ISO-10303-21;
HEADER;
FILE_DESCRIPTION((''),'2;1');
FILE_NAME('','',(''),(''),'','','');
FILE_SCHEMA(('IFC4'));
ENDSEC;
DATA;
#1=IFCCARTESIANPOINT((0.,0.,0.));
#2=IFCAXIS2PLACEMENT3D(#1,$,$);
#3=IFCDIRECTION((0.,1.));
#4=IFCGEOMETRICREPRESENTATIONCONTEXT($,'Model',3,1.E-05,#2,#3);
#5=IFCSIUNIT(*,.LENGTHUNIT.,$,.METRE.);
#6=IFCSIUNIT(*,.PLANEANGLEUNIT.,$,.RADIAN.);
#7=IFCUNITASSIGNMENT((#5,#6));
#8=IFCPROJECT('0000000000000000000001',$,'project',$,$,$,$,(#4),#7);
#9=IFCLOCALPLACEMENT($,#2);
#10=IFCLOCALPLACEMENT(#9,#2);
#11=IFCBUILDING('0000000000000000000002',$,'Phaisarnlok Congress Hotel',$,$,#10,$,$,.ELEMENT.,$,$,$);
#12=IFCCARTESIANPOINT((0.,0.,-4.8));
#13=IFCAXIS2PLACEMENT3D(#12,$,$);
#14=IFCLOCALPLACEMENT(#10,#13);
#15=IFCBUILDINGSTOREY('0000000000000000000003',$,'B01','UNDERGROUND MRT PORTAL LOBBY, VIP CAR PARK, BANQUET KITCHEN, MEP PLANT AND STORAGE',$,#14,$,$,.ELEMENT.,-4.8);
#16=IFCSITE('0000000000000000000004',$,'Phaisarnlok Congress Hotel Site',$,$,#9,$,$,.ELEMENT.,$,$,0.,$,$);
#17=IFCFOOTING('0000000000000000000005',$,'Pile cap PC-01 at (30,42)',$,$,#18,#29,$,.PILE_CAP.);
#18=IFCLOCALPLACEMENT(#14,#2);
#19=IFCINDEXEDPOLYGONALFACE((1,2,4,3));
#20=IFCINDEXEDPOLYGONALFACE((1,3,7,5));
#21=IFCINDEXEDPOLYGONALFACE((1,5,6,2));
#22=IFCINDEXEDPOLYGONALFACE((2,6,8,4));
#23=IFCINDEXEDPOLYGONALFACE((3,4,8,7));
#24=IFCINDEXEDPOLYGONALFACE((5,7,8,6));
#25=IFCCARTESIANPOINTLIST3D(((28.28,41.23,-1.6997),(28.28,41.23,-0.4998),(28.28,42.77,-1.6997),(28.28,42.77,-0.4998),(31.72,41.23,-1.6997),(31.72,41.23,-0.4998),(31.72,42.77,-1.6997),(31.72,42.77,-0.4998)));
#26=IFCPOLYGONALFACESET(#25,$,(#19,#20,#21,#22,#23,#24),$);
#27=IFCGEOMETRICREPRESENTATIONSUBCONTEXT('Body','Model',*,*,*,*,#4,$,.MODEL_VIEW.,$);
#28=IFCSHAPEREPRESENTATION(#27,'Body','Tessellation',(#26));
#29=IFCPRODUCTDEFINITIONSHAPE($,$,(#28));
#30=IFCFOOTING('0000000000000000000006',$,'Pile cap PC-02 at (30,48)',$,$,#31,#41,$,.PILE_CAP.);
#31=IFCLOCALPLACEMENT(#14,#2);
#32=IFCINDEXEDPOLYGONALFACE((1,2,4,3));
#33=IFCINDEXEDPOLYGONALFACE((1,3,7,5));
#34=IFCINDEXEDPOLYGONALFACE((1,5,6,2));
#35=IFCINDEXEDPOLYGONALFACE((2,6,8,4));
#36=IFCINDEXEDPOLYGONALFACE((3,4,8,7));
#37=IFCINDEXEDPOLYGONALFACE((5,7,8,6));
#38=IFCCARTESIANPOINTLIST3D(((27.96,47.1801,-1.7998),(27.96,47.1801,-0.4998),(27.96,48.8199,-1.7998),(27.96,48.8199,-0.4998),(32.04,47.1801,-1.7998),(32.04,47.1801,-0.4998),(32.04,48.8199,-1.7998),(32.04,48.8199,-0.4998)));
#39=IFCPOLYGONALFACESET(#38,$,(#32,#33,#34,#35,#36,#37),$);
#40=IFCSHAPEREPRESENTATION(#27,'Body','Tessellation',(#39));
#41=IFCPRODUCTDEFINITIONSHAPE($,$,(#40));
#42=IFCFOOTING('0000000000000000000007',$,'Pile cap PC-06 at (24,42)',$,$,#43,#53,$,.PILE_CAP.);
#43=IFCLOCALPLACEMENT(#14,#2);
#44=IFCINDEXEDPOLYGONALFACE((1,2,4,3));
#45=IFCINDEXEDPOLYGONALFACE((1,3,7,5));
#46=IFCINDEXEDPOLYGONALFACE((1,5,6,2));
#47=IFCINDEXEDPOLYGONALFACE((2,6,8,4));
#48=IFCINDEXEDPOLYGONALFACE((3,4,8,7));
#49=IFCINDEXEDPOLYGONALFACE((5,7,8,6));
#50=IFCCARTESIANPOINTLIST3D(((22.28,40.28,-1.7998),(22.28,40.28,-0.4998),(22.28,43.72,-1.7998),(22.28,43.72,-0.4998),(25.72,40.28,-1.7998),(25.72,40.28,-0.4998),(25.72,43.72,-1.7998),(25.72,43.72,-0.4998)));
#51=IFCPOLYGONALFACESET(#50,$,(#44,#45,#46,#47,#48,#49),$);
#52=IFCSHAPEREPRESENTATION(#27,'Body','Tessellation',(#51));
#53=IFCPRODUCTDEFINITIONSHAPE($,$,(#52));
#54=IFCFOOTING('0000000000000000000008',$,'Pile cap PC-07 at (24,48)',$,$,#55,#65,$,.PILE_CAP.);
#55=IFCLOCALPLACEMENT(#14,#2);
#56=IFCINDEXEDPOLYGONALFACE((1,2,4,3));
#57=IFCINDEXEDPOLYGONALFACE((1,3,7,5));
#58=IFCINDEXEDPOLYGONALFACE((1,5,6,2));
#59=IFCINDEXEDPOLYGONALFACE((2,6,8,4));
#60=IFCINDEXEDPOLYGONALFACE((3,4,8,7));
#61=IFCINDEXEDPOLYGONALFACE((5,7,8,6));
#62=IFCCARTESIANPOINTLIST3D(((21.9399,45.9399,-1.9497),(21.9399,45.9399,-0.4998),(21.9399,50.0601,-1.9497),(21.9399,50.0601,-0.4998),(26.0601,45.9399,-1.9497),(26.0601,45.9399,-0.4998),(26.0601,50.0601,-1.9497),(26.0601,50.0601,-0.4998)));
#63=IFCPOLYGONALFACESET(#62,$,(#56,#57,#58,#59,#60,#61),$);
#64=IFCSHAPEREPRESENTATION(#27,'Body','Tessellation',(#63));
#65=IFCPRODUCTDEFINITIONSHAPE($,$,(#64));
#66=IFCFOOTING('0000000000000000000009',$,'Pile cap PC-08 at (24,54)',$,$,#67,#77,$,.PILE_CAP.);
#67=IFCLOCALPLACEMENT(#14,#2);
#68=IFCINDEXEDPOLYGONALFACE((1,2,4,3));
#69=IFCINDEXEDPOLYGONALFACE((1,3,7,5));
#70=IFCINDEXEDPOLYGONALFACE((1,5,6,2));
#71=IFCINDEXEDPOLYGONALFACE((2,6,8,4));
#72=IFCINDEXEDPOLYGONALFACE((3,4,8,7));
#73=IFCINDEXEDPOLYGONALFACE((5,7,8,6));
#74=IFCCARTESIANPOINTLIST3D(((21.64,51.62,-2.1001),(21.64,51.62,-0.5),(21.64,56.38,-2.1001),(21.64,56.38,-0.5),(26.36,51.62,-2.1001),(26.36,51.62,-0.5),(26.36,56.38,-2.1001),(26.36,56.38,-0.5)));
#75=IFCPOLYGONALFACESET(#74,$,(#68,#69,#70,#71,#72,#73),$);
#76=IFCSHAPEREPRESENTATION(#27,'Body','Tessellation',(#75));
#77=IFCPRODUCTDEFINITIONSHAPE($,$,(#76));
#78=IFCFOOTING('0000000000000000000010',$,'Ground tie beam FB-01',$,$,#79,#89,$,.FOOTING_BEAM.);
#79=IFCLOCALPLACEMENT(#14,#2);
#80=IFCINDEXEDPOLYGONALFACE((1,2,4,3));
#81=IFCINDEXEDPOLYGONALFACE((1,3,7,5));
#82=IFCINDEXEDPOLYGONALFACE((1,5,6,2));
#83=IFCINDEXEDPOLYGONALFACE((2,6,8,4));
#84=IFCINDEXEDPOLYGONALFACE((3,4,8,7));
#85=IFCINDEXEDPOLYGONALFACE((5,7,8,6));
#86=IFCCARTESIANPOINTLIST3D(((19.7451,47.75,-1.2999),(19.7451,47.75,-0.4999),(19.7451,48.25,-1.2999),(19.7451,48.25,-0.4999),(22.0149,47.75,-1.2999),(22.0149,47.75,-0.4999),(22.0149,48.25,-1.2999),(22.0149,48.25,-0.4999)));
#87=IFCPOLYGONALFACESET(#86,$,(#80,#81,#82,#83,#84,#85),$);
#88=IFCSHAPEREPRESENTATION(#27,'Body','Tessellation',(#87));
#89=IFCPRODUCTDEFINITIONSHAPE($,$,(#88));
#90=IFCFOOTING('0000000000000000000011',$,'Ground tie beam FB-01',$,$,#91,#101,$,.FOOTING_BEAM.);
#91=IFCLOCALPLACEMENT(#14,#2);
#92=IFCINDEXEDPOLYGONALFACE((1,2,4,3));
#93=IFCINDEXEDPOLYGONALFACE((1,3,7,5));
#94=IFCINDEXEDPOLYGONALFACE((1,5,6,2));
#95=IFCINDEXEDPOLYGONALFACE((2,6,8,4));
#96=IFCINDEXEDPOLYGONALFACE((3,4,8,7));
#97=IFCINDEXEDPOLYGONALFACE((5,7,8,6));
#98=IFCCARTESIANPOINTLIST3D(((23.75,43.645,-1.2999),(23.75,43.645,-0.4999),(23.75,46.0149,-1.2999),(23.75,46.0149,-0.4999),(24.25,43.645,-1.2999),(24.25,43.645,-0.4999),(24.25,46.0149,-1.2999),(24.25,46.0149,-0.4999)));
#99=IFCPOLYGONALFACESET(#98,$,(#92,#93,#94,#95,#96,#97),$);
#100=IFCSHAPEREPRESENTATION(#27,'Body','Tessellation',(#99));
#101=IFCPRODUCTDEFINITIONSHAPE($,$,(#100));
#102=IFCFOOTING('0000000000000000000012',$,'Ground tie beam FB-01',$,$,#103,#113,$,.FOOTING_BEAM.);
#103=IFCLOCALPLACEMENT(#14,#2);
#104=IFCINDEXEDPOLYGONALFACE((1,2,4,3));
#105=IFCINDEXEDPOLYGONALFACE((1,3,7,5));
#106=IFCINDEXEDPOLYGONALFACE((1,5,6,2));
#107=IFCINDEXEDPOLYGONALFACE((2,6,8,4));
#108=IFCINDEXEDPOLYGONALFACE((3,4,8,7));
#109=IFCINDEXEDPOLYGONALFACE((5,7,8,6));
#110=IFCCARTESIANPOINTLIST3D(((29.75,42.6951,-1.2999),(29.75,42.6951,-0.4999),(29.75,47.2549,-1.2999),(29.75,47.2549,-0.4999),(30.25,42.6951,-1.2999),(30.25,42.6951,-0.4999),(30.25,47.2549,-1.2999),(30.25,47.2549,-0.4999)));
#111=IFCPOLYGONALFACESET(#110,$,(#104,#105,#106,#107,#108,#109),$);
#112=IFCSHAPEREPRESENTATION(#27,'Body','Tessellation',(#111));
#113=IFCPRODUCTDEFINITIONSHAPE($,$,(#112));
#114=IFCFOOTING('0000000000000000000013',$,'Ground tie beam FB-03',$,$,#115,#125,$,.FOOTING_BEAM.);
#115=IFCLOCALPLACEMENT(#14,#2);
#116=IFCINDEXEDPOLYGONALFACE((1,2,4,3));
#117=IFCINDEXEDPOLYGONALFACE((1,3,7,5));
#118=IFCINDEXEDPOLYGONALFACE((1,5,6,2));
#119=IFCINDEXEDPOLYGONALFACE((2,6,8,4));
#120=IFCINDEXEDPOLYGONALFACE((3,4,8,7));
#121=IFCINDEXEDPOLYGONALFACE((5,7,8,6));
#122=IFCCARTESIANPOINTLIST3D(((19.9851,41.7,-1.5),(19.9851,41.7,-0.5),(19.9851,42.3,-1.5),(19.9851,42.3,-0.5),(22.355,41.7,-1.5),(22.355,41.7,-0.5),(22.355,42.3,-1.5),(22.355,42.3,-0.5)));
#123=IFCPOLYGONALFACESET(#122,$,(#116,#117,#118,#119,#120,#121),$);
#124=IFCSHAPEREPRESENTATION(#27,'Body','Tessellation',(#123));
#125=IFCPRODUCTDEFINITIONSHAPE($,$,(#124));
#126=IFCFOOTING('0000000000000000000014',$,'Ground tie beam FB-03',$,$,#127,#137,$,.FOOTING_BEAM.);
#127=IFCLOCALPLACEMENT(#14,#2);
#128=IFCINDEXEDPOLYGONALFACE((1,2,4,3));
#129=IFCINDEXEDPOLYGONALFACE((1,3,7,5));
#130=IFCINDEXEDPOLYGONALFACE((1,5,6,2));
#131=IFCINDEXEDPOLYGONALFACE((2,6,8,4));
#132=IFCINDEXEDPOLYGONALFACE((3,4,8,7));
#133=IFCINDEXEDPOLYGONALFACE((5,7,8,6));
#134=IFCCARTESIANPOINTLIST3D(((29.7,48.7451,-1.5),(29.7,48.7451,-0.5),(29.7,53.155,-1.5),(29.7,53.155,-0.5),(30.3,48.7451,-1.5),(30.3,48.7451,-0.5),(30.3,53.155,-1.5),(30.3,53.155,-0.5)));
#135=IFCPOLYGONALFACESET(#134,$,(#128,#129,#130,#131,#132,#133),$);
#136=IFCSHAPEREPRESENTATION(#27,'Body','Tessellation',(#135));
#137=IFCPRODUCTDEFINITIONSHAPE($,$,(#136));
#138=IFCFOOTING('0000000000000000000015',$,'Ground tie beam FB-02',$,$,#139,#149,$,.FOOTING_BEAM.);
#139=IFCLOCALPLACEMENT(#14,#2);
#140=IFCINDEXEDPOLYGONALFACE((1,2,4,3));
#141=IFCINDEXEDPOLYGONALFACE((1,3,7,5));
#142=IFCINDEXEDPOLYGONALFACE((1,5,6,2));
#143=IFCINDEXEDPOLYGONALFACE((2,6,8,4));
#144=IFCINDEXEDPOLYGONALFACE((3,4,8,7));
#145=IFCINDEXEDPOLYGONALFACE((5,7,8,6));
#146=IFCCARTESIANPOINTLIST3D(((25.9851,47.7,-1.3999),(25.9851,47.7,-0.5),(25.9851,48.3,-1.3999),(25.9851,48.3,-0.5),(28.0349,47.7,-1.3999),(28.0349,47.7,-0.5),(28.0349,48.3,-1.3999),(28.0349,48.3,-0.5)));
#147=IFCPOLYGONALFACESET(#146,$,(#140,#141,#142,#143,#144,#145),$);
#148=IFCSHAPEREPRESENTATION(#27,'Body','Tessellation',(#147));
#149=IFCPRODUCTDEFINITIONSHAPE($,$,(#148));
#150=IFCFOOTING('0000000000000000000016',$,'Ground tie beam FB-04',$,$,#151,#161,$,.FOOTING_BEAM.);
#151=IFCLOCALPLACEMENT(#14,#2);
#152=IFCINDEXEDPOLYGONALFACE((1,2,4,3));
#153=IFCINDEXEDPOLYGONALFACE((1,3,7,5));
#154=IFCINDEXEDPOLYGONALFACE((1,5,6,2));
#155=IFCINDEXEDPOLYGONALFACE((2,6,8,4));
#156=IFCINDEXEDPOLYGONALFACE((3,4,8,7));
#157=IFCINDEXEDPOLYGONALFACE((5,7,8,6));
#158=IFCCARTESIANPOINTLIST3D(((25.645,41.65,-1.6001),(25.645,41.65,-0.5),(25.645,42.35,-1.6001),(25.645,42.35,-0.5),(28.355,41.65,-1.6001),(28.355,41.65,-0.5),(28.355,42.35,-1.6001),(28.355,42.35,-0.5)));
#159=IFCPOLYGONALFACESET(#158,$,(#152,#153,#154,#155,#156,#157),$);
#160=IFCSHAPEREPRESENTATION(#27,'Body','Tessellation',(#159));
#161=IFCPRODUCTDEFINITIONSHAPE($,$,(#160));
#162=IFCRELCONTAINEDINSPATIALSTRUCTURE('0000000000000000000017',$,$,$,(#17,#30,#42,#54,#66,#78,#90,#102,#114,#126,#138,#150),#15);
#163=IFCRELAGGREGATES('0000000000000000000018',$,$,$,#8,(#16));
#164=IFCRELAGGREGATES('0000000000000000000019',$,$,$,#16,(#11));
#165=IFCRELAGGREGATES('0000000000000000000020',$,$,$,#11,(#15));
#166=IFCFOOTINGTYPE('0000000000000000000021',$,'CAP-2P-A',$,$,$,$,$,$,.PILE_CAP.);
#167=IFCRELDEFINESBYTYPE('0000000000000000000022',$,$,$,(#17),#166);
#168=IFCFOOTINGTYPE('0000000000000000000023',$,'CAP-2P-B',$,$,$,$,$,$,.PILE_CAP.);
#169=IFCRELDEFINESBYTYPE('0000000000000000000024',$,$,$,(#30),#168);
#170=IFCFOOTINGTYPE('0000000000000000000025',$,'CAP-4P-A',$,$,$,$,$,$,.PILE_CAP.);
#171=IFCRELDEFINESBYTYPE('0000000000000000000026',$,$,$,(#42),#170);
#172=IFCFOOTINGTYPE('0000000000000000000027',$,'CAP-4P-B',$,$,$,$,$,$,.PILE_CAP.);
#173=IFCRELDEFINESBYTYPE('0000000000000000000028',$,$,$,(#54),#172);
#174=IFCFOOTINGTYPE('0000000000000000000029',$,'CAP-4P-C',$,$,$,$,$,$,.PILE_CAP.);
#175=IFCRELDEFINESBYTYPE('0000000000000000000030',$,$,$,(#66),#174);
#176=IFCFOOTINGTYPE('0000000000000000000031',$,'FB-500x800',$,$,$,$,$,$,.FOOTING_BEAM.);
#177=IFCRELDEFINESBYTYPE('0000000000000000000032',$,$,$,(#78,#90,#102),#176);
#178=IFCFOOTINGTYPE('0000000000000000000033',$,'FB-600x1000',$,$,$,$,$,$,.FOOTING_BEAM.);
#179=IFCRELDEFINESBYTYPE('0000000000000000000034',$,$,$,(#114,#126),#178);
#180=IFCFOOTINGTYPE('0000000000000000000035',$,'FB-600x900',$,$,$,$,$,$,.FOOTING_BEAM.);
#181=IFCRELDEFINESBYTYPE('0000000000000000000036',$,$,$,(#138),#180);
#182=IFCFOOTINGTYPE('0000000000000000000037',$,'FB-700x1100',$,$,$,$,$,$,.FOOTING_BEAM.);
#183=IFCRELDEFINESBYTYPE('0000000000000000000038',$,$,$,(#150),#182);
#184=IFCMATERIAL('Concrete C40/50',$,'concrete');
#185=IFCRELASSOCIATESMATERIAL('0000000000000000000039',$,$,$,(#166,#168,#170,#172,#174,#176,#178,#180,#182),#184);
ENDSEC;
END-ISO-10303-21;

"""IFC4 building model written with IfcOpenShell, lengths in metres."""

from ifc_helpers import new_model, si_unit, direction, frame, origin, origin_2d, place, context, subcontext, project, spatial, rectangle, extrude, material, material_profile, profile_set, type_object, element, save


model = new_model("IFC4")

# Units and contexts
model_context = context("Model", 3, precision=1e-05, world=origin(), true_north=direction((0.0, 1.0)))
body_context = subcontext(model_context, "Body", "Model", "MODEL_VIEW")
ifc_project = project(units=[si_unit("LENGTHUNIT", "METRE"), si_unit("PLANEANGLEUNIT", "RADIAN")], contexts=[model_context])

# Site, building, storey
site_placement = place(None, origin())
site = spatial("IfcSite", under=ifc_project, at=site_placement, Name="Phaisarnlok Congress Hotel Site", CompositionType="ELEMENT", RefElevation=0.0)
building_placement = place(site_placement, origin())
building = spatial("IfcBuilding", under=site, at=building_placement, Name="Phaisarnlok Congress Hotel", CompositionType="ELEMENT")
storey_placement = place(building_placement, frame((0.0, 0.0, -4.8)))
storey = spatial("IfcBuildingStorey", under=building, at=storey_placement, Name="B01", Description="UNDERGROUND MRT PORTAL LOBBY, VIP CAR PARK, BANQUET KITCHEN, MEP PLANT AND STORAGE", CompositionType="ELEMENT", Elevation=-4.8)

# Footings
ifc_material_1 = material(Name="Concrete C40/50", Category="concrete")
footing_type_1 = type_object("IfcFootingType", Name="CAP-2P-A", PredefinedType="PILE_CAP", material=ifc_material_1)
footing_1_placement = place(storey_placement, frame((30.0, 42.0, -1.6997), z_axis=(0.0, 0.0, 1.0), x_axis=(1.0, 0.0, 0.0)))
element("IfcFooting", 1, at=footing_1_placement, inside=storey, type_object=footing_type_1, Name="Pile cap PC-01 at (30,42)", PredefinedType="PILE_CAP", context=body_context, shape_type="SweptSolid", body=[
    extrude(rectangle(XDim=3.4399, YDim=1.54, at=origin_2d()), origin(), (0.0, 0.0, 1.0), 1.2),
])
footing_type_2 = type_object("IfcFootingType", Name="CAP-2P-B", PredefinedType="PILE_CAP", material=ifc_material_1)
footing_2_placement = place(storey_placement, frame((30.0, 48.0, -1.7998), z_axis=(0.0, 0.0, 1.0), x_axis=(1.0, 0.0, 0.0)))
element("IfcFooting", 2, at=footing_2_placement, inside=storey, type_object=footing_type_2, Name="Pile cap PC-02 at (30,48)", PredefinedType="PILE_CAP", context=body_context, shape_type="SweptSolid", body=[
    extrude(rectangle(XDim=4.0801, YDim=1.6399, at=origin_2d()), origin(), (0.0, 0.0, 1.0), 1.3),
])
footing_type_3 = type_object("IfcFootingType", Name="CAP-4P-A", PredefinedType="PILE_CAP", material=ifc_material_1)
footing_3_placement = place(storey_placement, frame((24.0, 42.0, -1.7998), z_axis=(0.0, 0.0, 1.0), x_axis=(1.0, 0.0, 0.0)))
element("IfcFooting", 3, at=footing_3_placement, inside=storey, type_object=footing_type_3, Name="Pile cap PC-06 at (24,42)", PredefinedType="PILE_CAP", context=body_context, shape_type="SweptSolid", body=[
    extrude(rectangle(XDim=3.4399, YDim=3.4399, at=origin_2d()), origin(), (0.0, 0.0, 1.0), 1.3),
])
footing_type_4 = type_object("IfcFootingType", Name="CAP-4P-B", PredefinedType="PILE_CAP", material=ifc_material_1)
footing_4_placement = place(storey_placement, frame((24.0, 48.0, -1.9497), z_axis=(0.0, 0.0, 1.0), x_axis=(1.0, 0.0, 0.0)))
element("IfcFooting", 4, at=footing_4_placement, inside=storey, type_object=footing_type_4, Name="Pile cap PC-07 at (24,48)", PredefinedType="PILE_CAP", context=body_context, shape_type="SweptSolid", body=[
    extrude(rectangle(XDim=4.1201, YDim=4.1201, at=origin_2d()), origin(), (0.0, 0.0, 1.0), 1.45),
])
footing_type_5 = type_object("IfcFootingType", Name="CAP-4P-C", PredefinedType="PILE_CAP", material=ifc_material_1)
footing_5_placement = place(storey_placement, frame((24.0, 54.0, -2.1001), z_axis=(0.0, 0.0, 1.0), x_axis=(1.0, 0.0, 0.0)))
element("IfcFooting", 5, at=footing_5_placement, inside=storey, type_object=footing_type_5, Name="Pile cap PC-08 at (24,54)", PredefinedType="PILE_CAP", context=body_context, shape_type="SweptSolid", body=[
    extrude(rectangle(XDim=4.72, YDim=4.76, at=origin_2d()), origin(), (0.0, 0.0, 1.0), 1.6001),
])
ifc_material_profile_1 = material_profile(ifc_material_1, rectangle(XDim=0.5, YDim=0.8, at=origin_2d()), Name="FB-500x800")
ifc_profile_set_1 = profile_set([ifc_material_profile_1], Name="Concrete C40/50")
footing_type_6 = type_object("IfcFootingType", Name="FB-500x800", PredefinedType="FOOTING_BEAM", material=ifc_profile_set_1)
footing_6_placement = place(storey_placement, frame((19.7451, 48.0, -0.8999), z_axis=(1.0, 0.0, 0.0), x_axis=(0.0, 1.0, 0.0)))
element("IfcFooting", 6, at=footing_6_placement, inside=storey, type_object=footing_type_6, Name="Ground tie beam FB-01", PredefinedType="FOOTING_BEAM", context=body_context, shape_type="SweptSolid", body=[
    extrude(rectangle(XDim=0.5, YDim=0.8, at=origin_2d()), origin(), (0.0, 0.0, 1.0), 2.2698),
])
footing_7_placement = place(storey_placement, frame((24.0, 43.645, -0.8999), z_axis=(0.0, 1.0, 0.0), x_axis=(-1.0, 0.0, 0.0)))
element("IfcFooting", 7, at=footing_7_placement, inside=storey, type_object=footing_type_6, Name="Ground tie beam FB-01", PredefinedType="FOOTING_BEAM", context=body_context, shape_type="SweptSolid", body=[
    extrude(rectangle(XDim=0.5, YDim=0.8, at=origin_2d()), origin(), (0.0, 0.0, 1.0), 2.3699),
])
footing_8_placement = place(storey_placement, frame((30.0, 42.6951, -0.8999), z_axis=(0.0, 1.0, 0.0), x_axis=(-1.0, 0.0, 0.0)))
element("IfcFooting", 8, at=footing_8_placement, inside=storey, type_object=footing_type_6, Name="Ground tie beam FB-01", PredefinedType="FOOTING_BEAM", context=body_context, shape_type="SweptSolid", body=[
    extrude(rectangle(XDim=0.5, YDim=0.8, at=origin_2d()), origin(), (0.0, 0.0, 1.0), 4.5598),
])
ifc_material_profile_2 = material_profile(ifc_material_1, rectangle(XDim=0.6001, YDim=1.0, at=origin_2d()), Name="FB-600x1000")
ifc_profile_set_2 = profile_set([ifc_material_profile_2], Name="Concrete C40/50")
footing_type_7 = type_object("IfcFootingType", Name="FB-600x1000", PredefinedType="FOOTING_BEAM", material=ifc_profile_set_2)
footing_9_placement = place(storey_placement, frame((19.9851, 42.0, -1.0), z_axis=(1.0, 0.0, 0.0), x_axis=(0.0, 1.0, 0.0)))
element("IfcFooting", 9, at=footing_9_placement, inside=storey, type_object=footing_type_7, Name="Ground tie beam FB-03", PredefinedType="FOOTING_BEAM", context=body_context, shape_type="SweptSolid", body=[
    extrude(rectangle(XDim=0.6001, YDim=1.0, at=origin_2d()), origin(), (0.0, 0.0, 1.0), 2.3699),
])
footing_10_placement = place(storey_placement, frame((30.0, 48.7451, -1.0), z_axis=(0.0, 1.0, 0.0), x_axis=(-1.0, 0.0, 0.0)))
element("IfcFooting", 10, at=footing_10_placement, inside=storey, type_object=footing_type_7, Name="Ground tie beam FB-03", PredefinedType="FOOTING_BEAM", context=body_context, shape_type="SweptSolid", body=[
    extrude(rectangle(XDim=0.6001, YDim=1.0, at=origin_2d()), origin(), (0.0, 0.0, 1.0), 4.4099),
])
ifc_material_profile_3 = material_profile(ifc_material_1, rectangle(XDim=0.6001, YDim=0.8999, at=origin_2d()), Name="FB-600x900")
ifc_profile_set_3 = profile_set([ifc_material_profile_3], Name="Concrete C40/50")
footing_type_8 = type_object("IfcFootingType", Name="FB-600x900", PredefinedType="FOOTING_BEAM", material=ifc_profile_set_3)
footing_11_placement = place(storey_placement, frame((25.9851, 48.0, -0.95), z_axis=(1.0, 0.0, 0.0), x_axis=(0.0, 1.0, 0.0)))
element("IfcFooting", 11, at=footing_11_placement, inside=storey, type_object=footing_type_8, Name="Ground tie beam FB-02", PredefinedType="FOOTING_BEAM", context=body_context, shape_type="SweptSolid", body=[
    extrude(rectangle(XDim=0.6001, YDim=0.8999, at=origin_2d()), origin(), (0.0, 0.0, 1.0), 2.0498),
])
ifc_material_profile_4 = material_profile(ifc_material_1, rectangle(XDim=0.7, YDim=1.1001, at=origin_2d()), Name="FB-700x1100")
ifc_profile_set_4 = profile_set([ifc_material_profile_4], Name="Concrete C40/50")
footing_type_9 = type_object("IfcFootingType", Name="FB-700x1100", PredefinedType="FOOTING_BEAM", material=ifc_profile_set_4)
footing_12_placement = place(storey_placement, frame((25.645, 42.0, -1.05), z_axis=(1.0, 0.0, 0.0), x_axis=(0.0, 1.0, 0.0)))
element("IfcFooting", 12, at=footing_12_placement, inside=storey, type_object=footing_type_9, Name="Ground tie beam FB-04", PredefinedType="FOOTING_BEAM", context=body_context, shape_type="SweptSolid", body=[
    extrude(rectangle(XDim=0.7, YDim=1.1001, at=origin_2d()), origin(), (0.0, 0.0, 1.0), 2.71),
])

save(model, "model.ifc")
